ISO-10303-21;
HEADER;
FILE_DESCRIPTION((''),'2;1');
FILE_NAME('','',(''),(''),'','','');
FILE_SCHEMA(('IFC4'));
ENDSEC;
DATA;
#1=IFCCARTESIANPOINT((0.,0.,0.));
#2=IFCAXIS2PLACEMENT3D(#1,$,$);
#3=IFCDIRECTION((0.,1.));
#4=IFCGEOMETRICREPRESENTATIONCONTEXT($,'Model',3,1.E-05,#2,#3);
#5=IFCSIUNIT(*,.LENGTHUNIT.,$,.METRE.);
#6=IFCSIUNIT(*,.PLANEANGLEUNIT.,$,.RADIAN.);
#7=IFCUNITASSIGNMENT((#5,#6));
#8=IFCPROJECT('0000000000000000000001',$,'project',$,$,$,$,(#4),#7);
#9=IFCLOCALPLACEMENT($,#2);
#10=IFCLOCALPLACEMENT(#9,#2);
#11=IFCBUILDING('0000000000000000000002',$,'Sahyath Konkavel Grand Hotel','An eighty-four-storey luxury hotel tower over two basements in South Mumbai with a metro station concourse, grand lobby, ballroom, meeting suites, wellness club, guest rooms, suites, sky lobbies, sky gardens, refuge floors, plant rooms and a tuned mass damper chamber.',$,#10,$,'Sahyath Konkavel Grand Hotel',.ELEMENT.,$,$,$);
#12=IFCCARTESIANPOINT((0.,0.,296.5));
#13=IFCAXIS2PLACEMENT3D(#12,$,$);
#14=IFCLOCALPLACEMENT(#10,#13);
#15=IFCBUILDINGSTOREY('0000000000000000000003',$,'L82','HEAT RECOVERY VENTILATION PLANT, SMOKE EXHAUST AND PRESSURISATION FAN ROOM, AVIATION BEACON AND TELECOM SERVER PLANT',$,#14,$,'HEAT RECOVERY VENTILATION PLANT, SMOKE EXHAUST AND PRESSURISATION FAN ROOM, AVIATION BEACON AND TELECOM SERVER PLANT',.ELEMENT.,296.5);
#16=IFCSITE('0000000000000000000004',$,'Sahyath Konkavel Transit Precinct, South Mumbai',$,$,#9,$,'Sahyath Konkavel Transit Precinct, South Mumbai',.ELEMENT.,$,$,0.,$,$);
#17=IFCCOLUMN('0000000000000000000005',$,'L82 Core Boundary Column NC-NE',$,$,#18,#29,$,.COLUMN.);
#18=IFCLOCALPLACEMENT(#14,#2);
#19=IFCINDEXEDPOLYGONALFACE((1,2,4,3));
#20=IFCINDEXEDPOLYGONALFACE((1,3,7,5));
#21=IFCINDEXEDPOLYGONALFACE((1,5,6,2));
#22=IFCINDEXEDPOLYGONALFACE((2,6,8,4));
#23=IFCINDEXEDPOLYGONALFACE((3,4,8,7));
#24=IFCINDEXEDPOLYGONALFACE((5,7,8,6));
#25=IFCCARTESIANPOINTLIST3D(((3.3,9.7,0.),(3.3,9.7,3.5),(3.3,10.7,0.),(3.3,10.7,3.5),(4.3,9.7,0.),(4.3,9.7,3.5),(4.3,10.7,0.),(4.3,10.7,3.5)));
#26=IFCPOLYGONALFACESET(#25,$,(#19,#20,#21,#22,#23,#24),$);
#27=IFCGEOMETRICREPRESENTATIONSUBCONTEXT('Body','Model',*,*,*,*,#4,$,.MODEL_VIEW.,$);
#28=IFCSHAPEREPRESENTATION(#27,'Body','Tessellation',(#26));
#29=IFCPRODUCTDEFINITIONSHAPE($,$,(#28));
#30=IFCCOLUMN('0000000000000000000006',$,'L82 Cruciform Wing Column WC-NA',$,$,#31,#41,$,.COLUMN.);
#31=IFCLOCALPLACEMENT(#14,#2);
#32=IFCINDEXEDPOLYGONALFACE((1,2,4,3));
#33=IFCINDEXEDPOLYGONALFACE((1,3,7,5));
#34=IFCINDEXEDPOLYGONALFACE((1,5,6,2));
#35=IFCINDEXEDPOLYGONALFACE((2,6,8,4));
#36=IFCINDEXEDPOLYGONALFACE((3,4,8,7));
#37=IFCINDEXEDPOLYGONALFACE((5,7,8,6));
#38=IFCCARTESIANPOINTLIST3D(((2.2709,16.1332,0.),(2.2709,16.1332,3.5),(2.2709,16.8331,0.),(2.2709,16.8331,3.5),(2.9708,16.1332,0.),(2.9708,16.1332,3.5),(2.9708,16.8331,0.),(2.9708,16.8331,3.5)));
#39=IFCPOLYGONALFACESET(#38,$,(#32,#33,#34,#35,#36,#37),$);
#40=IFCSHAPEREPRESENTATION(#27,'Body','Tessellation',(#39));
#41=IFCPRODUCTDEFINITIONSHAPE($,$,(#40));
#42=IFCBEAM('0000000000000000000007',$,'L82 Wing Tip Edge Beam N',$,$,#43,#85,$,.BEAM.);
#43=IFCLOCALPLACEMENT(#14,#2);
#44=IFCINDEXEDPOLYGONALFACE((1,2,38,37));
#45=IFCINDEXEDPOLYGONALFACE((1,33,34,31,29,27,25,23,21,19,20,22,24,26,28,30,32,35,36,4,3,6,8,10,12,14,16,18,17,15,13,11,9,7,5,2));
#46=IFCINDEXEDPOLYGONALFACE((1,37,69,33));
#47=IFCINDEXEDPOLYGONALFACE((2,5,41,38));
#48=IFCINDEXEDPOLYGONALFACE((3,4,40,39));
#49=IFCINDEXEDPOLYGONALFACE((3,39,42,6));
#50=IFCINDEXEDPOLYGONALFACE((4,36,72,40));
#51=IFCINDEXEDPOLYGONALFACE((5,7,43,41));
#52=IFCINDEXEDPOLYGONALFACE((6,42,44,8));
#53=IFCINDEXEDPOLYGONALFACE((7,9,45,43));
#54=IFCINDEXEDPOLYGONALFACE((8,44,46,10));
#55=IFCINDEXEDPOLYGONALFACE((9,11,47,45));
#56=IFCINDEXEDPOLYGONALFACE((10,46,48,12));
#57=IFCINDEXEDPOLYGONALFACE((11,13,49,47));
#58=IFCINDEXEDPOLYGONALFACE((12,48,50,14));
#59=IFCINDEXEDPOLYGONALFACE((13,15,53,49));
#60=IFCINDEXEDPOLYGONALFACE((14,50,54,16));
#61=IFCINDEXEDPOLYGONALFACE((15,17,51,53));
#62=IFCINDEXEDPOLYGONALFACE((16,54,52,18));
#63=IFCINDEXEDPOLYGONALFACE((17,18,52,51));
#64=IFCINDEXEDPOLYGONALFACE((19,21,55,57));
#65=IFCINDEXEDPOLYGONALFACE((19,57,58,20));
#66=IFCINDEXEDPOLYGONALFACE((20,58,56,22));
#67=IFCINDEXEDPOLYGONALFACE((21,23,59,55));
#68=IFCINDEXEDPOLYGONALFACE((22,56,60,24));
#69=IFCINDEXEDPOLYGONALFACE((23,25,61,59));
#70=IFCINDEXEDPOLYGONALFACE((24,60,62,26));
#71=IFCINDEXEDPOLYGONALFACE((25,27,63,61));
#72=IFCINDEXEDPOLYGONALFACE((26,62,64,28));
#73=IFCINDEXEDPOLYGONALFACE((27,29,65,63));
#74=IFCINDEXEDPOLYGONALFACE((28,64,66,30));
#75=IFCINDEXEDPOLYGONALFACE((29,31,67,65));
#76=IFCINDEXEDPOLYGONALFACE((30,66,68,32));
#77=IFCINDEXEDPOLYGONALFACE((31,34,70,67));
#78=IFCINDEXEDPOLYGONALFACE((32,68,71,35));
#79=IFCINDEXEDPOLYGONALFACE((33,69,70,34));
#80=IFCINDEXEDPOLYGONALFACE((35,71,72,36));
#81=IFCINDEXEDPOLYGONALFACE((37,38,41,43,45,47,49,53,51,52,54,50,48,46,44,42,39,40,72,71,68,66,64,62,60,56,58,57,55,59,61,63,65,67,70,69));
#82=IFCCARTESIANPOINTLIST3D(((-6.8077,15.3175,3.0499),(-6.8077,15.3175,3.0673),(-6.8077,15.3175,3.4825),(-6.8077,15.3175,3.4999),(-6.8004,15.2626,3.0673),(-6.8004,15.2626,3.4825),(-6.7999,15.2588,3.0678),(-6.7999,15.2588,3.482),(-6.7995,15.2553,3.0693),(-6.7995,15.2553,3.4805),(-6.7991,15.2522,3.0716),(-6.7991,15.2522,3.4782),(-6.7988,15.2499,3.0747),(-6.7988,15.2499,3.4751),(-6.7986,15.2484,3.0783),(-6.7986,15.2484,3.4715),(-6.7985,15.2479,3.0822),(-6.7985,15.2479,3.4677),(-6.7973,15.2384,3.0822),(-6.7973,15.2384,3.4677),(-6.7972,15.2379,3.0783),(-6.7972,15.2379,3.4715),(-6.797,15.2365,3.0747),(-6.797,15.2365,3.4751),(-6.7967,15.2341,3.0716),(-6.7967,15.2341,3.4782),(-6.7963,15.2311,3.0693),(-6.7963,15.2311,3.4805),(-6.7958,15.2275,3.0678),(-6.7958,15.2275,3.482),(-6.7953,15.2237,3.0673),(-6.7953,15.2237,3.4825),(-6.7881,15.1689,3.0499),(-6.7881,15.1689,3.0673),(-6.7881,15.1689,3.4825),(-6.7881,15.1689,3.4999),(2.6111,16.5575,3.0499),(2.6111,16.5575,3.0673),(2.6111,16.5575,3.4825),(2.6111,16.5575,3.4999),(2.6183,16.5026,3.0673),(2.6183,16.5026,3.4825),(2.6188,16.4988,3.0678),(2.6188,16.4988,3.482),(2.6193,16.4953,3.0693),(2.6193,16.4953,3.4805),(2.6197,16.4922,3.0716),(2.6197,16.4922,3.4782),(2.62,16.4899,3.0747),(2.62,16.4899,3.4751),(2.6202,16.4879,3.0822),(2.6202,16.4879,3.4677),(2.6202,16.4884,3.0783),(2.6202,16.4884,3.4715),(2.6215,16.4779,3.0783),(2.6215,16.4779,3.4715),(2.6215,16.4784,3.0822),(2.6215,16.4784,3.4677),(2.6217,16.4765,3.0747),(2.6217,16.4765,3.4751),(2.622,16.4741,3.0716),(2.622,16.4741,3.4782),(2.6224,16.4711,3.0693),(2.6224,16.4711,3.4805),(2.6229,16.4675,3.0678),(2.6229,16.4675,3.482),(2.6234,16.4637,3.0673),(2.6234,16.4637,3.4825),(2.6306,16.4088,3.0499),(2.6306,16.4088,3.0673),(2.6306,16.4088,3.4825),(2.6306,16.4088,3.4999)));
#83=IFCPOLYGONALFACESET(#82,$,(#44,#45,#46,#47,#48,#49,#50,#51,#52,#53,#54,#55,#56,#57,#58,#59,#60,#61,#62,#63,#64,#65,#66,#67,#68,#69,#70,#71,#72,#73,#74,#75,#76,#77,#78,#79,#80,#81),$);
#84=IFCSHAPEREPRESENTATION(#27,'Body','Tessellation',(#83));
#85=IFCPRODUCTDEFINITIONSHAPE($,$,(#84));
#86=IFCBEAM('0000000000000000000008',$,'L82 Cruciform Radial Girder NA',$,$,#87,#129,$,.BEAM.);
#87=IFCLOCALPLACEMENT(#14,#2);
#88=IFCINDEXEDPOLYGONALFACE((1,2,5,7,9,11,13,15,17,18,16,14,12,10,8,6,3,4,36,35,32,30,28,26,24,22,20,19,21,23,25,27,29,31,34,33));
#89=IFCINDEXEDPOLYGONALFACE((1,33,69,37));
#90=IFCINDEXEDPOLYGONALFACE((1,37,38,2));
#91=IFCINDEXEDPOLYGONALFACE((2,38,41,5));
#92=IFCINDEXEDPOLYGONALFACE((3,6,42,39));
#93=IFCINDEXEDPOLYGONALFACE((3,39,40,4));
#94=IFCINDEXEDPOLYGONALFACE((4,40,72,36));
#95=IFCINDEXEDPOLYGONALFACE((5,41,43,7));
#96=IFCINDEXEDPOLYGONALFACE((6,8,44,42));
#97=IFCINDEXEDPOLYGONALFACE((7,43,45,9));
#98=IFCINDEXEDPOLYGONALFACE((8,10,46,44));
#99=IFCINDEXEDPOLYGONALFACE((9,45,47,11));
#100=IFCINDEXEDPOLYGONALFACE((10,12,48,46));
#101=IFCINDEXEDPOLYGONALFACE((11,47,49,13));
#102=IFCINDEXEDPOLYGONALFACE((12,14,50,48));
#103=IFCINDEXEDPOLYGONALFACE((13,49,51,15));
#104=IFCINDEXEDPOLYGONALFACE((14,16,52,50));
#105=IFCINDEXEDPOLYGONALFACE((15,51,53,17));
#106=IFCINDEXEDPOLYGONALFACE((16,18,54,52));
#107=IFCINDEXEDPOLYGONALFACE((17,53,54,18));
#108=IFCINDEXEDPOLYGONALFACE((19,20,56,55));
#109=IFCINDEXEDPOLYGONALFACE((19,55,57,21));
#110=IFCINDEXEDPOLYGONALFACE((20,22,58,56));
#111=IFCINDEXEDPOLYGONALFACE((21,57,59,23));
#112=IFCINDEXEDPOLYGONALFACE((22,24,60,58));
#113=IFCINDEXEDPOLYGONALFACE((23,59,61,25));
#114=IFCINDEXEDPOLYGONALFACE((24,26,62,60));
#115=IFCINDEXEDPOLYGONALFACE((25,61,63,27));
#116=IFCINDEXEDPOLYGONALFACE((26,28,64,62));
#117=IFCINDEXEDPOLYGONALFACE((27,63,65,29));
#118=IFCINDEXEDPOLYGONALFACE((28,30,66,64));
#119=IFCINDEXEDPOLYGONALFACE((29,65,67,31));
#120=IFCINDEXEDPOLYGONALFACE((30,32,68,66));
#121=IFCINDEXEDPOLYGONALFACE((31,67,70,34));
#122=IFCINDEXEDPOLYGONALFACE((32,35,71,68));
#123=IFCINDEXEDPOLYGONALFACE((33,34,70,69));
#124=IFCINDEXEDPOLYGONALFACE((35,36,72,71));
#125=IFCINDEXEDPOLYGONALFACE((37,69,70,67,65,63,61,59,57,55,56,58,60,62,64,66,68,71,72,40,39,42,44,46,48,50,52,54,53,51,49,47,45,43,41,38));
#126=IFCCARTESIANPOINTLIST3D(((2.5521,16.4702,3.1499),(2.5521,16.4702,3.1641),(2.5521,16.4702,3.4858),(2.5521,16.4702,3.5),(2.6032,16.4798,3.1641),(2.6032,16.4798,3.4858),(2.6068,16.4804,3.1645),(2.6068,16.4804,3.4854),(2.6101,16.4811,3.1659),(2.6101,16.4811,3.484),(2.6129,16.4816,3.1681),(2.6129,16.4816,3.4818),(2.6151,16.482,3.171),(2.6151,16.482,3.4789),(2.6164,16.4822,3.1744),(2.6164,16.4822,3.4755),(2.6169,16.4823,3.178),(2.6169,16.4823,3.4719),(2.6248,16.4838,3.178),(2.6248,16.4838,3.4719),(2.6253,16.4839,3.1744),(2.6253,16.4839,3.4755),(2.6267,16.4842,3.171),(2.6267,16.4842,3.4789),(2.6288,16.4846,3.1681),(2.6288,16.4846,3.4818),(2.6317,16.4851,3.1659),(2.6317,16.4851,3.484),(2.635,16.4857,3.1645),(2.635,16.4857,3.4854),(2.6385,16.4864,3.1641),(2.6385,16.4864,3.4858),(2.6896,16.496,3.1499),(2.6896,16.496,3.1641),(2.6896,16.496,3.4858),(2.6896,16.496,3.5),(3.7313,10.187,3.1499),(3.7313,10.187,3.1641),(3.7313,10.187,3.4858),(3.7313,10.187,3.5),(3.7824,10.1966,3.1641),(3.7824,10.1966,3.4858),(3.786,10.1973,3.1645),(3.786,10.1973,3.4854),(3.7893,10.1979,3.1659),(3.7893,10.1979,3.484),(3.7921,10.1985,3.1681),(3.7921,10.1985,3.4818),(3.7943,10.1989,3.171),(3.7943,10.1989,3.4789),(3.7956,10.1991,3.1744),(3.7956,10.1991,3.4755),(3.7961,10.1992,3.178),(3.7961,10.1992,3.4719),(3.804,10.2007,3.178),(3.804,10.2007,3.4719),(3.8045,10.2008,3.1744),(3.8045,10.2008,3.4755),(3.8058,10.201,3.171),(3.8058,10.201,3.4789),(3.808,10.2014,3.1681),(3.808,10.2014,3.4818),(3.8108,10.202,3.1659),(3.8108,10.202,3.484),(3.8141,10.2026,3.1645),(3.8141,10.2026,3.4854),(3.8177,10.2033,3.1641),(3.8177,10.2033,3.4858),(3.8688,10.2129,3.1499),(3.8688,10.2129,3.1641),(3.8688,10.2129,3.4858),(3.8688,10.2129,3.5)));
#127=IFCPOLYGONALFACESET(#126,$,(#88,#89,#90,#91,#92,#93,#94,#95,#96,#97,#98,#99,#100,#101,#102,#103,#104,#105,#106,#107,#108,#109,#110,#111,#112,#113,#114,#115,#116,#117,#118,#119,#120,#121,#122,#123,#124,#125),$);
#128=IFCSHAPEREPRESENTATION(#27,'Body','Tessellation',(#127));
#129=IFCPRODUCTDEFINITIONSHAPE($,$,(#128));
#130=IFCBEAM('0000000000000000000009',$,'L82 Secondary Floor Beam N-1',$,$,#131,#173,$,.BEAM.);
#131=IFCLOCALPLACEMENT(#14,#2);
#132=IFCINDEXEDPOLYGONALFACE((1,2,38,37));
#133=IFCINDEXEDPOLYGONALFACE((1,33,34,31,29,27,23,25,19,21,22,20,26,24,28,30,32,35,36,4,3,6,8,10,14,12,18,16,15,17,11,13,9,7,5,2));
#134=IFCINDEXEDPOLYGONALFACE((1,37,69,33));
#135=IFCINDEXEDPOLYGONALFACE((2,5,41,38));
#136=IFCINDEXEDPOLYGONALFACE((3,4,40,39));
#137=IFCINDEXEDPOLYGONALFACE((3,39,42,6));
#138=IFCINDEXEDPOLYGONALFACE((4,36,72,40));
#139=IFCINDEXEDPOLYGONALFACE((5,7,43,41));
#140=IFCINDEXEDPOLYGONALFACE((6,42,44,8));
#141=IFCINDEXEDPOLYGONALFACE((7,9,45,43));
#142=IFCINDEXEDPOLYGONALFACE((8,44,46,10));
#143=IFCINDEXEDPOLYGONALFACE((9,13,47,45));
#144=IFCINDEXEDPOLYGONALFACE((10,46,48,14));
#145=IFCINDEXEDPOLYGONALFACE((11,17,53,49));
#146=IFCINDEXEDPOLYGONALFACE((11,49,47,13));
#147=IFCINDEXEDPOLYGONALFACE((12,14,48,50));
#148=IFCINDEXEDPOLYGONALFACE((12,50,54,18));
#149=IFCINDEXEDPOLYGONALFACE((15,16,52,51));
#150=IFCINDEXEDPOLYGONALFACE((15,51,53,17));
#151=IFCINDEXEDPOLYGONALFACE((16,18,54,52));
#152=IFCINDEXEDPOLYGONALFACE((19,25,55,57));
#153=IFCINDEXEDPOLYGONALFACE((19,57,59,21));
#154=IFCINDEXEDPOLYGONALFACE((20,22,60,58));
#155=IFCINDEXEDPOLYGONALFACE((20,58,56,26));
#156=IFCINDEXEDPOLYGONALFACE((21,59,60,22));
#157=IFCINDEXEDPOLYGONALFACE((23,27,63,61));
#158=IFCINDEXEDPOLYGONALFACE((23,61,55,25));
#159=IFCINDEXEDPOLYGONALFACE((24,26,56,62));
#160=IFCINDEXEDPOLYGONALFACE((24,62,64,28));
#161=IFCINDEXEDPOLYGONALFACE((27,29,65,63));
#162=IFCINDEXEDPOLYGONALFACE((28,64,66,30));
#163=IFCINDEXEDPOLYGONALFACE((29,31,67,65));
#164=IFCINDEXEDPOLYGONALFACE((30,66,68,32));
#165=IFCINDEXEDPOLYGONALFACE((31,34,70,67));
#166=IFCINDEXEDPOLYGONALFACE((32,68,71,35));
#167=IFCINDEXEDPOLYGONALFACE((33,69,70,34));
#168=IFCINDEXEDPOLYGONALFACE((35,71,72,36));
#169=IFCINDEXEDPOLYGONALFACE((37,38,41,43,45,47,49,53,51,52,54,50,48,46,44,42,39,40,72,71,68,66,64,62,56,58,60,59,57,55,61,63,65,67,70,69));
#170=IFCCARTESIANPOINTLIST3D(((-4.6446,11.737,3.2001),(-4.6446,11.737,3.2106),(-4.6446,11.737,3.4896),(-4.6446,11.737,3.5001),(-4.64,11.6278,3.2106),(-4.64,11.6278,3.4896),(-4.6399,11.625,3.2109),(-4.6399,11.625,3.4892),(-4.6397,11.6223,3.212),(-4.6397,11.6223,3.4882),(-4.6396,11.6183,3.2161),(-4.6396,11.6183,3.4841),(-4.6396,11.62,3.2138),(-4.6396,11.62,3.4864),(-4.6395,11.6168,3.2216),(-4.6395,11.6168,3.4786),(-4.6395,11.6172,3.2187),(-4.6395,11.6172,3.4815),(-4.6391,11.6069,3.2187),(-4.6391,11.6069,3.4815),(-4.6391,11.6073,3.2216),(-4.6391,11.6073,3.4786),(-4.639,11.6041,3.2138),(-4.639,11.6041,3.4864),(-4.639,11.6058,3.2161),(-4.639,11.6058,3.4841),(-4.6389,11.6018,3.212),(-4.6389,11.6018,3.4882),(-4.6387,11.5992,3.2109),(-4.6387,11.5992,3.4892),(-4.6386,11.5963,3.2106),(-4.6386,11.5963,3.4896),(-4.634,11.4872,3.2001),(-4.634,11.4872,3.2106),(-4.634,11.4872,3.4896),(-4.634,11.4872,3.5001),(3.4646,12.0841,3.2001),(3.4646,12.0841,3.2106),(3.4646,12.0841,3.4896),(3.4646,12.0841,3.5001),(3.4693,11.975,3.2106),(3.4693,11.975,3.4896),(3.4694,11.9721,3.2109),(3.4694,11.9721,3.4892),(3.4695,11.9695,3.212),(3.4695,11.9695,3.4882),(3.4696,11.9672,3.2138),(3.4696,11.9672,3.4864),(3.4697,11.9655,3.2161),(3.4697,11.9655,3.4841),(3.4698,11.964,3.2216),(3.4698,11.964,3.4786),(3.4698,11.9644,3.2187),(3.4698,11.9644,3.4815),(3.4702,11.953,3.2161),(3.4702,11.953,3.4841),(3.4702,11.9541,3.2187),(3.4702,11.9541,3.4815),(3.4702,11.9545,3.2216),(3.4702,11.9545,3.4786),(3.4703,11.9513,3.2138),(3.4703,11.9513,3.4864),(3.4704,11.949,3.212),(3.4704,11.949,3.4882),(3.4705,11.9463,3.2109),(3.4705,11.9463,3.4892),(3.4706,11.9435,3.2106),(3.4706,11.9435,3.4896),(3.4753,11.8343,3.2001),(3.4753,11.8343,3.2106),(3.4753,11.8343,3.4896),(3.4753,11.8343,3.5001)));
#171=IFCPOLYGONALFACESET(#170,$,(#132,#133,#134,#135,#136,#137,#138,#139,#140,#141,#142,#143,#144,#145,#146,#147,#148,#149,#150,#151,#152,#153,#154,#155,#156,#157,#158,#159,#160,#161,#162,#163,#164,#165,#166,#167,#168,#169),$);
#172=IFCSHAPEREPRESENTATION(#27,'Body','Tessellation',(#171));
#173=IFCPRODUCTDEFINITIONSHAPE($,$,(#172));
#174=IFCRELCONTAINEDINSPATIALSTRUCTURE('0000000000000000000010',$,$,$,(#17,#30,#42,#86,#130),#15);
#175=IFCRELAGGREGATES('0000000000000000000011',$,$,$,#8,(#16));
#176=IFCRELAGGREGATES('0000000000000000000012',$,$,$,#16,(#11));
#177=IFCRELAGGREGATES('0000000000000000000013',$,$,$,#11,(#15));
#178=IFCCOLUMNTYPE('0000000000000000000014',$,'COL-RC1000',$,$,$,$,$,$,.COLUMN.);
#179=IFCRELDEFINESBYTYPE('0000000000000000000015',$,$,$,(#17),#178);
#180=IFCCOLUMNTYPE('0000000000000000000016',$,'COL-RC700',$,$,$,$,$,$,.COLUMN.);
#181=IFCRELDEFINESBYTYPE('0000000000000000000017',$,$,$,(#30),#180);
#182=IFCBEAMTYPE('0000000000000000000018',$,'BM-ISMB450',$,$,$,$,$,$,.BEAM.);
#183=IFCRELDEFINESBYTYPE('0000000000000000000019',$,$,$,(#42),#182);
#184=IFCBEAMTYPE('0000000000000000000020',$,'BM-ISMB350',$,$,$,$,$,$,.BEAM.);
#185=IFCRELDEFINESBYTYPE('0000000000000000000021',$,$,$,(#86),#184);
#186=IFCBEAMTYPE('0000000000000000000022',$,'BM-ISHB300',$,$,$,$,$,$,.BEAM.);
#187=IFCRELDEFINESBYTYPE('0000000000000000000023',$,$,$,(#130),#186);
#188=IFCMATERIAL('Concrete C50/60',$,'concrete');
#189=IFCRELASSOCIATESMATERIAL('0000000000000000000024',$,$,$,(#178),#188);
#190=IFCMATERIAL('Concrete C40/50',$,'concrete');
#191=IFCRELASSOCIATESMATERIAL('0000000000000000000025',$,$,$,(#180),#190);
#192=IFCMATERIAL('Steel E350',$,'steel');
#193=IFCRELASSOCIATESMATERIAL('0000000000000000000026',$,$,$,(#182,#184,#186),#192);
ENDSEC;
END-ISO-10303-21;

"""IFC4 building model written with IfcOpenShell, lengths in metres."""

from ifc_helpers import new_model, si_unit, direction, frame, origin, origin_2d, place, context, subcontext, project, spatial, rectangle, i_section, extrude, source, transform, mapped, material, material_profile, profile_set, type_object, element, save


model = new_model("IFC4")

# Units and contexts
model_context = context("Model", 3, precision=1e-05, world=origin(), true_north=direction((0.0, 1.0)))
body_context = subcontext(model_context, "Body", "Model", "MODEL_VIEW")
ifc_project = project(units=[si_unit("LENGTHUNIT", "METRE"), si_unit("PLANEANGLEUNIT", "RADIAN")], contexts=[model_context])

# Site, building, storey
site_placement = place(None, origin())
site = spatial("IfcSite", under=ifc_project, at=site_placement, Name="Sahyath Konkavel Transit Precinct, South Mumbai", LongName="Sahyath Konkavel Transit Precinct, South Mumbai", CompositionType="ELEMENT", RefElevation=0.0)
building_placement = place(site_placement, origin())
building = spatial("IfcBuilding", under=site, at=building_placement, Name="Sahyath Konkavel Grand Hotel", Description="An eighty-four-storey luxury hotel tower over two basements in South Mumbai with a metro station concourse, grand lobby, ballroom, meeting suites, wellness club, guest rooms, suites, sky lobbies, sky gardens, refuge floors, plant rooms and a tuned mass damper chamber.", LongName="Sahyath Konkavel Grand Hotel", CompositionType="ELEMENT")
storey_placement = place(building_placement, frame((0.0, 0.0, 296.5)))
storey = spatial("IfcBuildingStorey", under=building, at=storey_placement, Name="L82", Description="HEAT RECOVERY VENTILATION PLANT, SMOKE EXHAUST AND PRESSURISATION FAN ROOM, AVIATION BEACON AND TELECOM SERVER PLANT", LongName="HEAT RECOVERY VENTILATION PLANT, SMOKE EXHAUST AND PRESSURISATION FAN ROOM, AVIATION BEACON AND TELECOM SERVER PLANT", CompositionType="ELEMENT", Elevation=296.5)

# Columns
ifc_material_1 = material(Name="Concrete C50/60", Category="concrete")
ifc_material_profile_1 = material_profile(ifc_material_1, rectangle(XDim=1.0, YDim=1.0, at=origin_2d()), Name="RC 1000x1000")
ifc_profile_set_1 = profile_set([ifc_material_profile_1], Name="Concrete C50/60")
column_type_1 = type_object("IfcColumnType", Name="COL-RC1000", PredefinedType="COLUMN", material=ifc_profile_set_1)
shared_shape_1 = source(origin(), body_context, "Body", "SweptSolid", [
    extrude(rectangle(XDim=1.0, YDim=1.0, at=origin_2d()), origin(), (0.0, 0.0, 1.0), 3.5),
])
column_1_placement = place(storey_placement, frame((3.8, 10.2, 0.0), z_axis=(0.0, 0.0, 1.0), x_axis=(1.0, 0.0, 0.0)))
element("IfcColumn", 1, at=column_1_placement, inside=storey, type_object=column_type_1, Name="L82 Core Boundary Column NC-NE", PredefinedType="COLUMN", context=body_context, shape_type="MappedRepresentation", body=[
    mapped(shared_shape_1, transform((0.0, 0.0, 0.0), scale=1.0)),
])
ifc_material_2 = material(Name="Concrete C40/50", Category="concrete")
ifc_material_profile_2 = material_profile(ifc_material_2, rectangle(XDim=0.7, YDim=0.7, at=origin_2d()), Name="RC 700x700")
ifc_profile_set_2 = profile_set([ifc_material_profile_2], Name="Concrete C40/50")
column_type_2 = type_object("IfcColumnType", Name="COL-RC700", PredefinedType="COLUMN", material=ifc_profile_set_2)
shared_shape_2 = source(origin(), body_context, "Body", "SweptSolid", [
    extrude(rectangle(XDim=0.7, YDim=0.7, at=origin_2d()), origin(), (0.0, 0.0, 1.0), 3.5),
])
column_2_placement = place(storey_placement, frame((2.6208, 16.4832, 0.0), z_axis=(0.0, 0.0, 1.0), x_axis=(1.0, 0.0, 0.0)))
element("IfcColumn", 2, at=column_2_placement, inside=storey, type_object=column_type_2, Name="L82 Cruciform Wing Column WC-NA", PredefinedType="COLUMN", context=body_context, shape_type="MappedRepresentation", body=[
    mapped(shared_shape_2, transform((0.0, 0.0, 0.0), scale=1.0)),
])

# Beams
ifc_material_3 = material(Name="Steel E350", Category="steel")
ifc_material_profile_3 = material_profile(ifc_material_3, i_section(OverallWidth=0.1499, OverallDepth=0.45, WebThickness=0.0095, FlangeThickness=0.0173, FilletRadius=0.0149, at=origin_2d()), Name="ISMB 450")
ifc_profile_set_3 = profile_set([ifc_material_profile_3], Name="Steel E350")
beam_type_1 = type_object("IfcBeamType", Name="BM-ISMB450", PredefinedType="BEAM", material=ifc_profile_set_3)
shared_shape_3 = source(origin(), body_context, "Body", "SweptSolid", [
    extrude(i_section(OverallWidth=0.1499, OverallDepth=0.45, WebThickness=0.0095, FlangeThickness=0.0173, FilletRadius=0.0149, at=origin_2d()), origin(), (0.0, 0.0, 1.0), 9.5),
])
beam_1_placement = place(storey_placement, frame((2.6208, 16.4832, 3.2749), z_axis=(-0.991445, -0.130526, 0.0), x_axis=(0.130526, -0.991445, 0.0)))
element("IfcBeam", 3, at=beam_1_placement, inside=storey, type_object=beam_type_1, Name="L82 Wing Tip Edge Beam N", PredefinedType="BEAM", context=body_context, shape_type="MappedRepresentation", body=[
    mapped(shared_shape_3, transform((0.0, 0.0, 0.0), scale=1.0)),
])
ifc_material_profile_4 = material_profile(ifc_material_3, i_section(OverallWidth=0.1399, OverallDepth=0.3501, WebThickness=0.0081, FlangeThickness=0.0142, FilletRadius=0.0139, at=origin_2d()), Name="ISMB 350")
ifc_profile_set_4 = profile_set([ifc_material_profile_4], Name="Steel E350")
beam_type_2 = type_object("IfcBeamType", Name="BM-ISMB350", PredefinedType="BEAM", material=ifc_profile_set_4)
shared_shape_4 = source(origin(), body_context, "Body", "SweptSolid", [
    extrude(i_section(OverallWidth=0.1399, OverallDepth=0.3501, WebThickness=0.0081, FlangeThickness=0.0142, FilletRadius=0.0139, at=origin_2d()), origin(), (0.0, 0.0, 1.0), 6.3928),
])
beam_2_placement = place(storey_placement, frame((3.8, 10.2, 3.325), z_axis=(-0.184455, 0.982841, 0.0), x_axis=(-0.982841, -0.184455, 0.0)))
element("IfcBeam", 4, at=beam_2_placement, inside=storey, type_object=beam_type_2, Name="L82 Cruciform Radial Girder NA", PredefinedType="BEAM", context=body_context, shape_type="MappedRepresentation", body=[
    mapped(shared_shape_4, transform((0.0, 0.0, 0.0), scale=1.0)),
])
ifc_material_profile_5 = material_profile(ifc_material_3, i_section(OverallWidth=0.25, OverallDepth=0.3, WebThickness=0.0095, FlangeThickness=0.0105, FilletRadius=0.011, at=origin_2d()), Name="ISHB 300")
ifc_profile_set_5 = profile_set([ifc_material_profile_5], Name="Steel E350")
beam_type_3 = type_object("IfcBeamType", Name="BM-ISHB300", PredefinedType="BEAM", material=ifc_profile_set_5)
shared_shape_5 = source(origin(), body_context, "Body", "SweptSolid", [
    extrude(i_section(OverallWidth=0.25, OverallDepth=0.3, WebThickness=0.0095, FlangeThickness=0.0105, FilletRadius=0.011, at=origin_2d()), origin(), (0.0, 0.0, 1.0), 8.1167),
])
beam_3_placement = place(storey_placement, frame((3.47, 11.9592, 3.3501), z_axis=(-0.999085, -0.042772, 0.0), x_axis=(0.042772, -0.999085, 0.0)))
element("IfcBeam", 5, at=beam_3_placement, inside=storey, type_object=beam_type_3, Name="L82 Secondary Floor Beam N-1", PredefinedType="BEAM", context=body_context, shape_type="MappedRepresentation", body=[
    mapped(shared_shape_5, transform((0.0, 0.0, 0.0), scale=1.0)),
])

save(model, "model.ifc")
